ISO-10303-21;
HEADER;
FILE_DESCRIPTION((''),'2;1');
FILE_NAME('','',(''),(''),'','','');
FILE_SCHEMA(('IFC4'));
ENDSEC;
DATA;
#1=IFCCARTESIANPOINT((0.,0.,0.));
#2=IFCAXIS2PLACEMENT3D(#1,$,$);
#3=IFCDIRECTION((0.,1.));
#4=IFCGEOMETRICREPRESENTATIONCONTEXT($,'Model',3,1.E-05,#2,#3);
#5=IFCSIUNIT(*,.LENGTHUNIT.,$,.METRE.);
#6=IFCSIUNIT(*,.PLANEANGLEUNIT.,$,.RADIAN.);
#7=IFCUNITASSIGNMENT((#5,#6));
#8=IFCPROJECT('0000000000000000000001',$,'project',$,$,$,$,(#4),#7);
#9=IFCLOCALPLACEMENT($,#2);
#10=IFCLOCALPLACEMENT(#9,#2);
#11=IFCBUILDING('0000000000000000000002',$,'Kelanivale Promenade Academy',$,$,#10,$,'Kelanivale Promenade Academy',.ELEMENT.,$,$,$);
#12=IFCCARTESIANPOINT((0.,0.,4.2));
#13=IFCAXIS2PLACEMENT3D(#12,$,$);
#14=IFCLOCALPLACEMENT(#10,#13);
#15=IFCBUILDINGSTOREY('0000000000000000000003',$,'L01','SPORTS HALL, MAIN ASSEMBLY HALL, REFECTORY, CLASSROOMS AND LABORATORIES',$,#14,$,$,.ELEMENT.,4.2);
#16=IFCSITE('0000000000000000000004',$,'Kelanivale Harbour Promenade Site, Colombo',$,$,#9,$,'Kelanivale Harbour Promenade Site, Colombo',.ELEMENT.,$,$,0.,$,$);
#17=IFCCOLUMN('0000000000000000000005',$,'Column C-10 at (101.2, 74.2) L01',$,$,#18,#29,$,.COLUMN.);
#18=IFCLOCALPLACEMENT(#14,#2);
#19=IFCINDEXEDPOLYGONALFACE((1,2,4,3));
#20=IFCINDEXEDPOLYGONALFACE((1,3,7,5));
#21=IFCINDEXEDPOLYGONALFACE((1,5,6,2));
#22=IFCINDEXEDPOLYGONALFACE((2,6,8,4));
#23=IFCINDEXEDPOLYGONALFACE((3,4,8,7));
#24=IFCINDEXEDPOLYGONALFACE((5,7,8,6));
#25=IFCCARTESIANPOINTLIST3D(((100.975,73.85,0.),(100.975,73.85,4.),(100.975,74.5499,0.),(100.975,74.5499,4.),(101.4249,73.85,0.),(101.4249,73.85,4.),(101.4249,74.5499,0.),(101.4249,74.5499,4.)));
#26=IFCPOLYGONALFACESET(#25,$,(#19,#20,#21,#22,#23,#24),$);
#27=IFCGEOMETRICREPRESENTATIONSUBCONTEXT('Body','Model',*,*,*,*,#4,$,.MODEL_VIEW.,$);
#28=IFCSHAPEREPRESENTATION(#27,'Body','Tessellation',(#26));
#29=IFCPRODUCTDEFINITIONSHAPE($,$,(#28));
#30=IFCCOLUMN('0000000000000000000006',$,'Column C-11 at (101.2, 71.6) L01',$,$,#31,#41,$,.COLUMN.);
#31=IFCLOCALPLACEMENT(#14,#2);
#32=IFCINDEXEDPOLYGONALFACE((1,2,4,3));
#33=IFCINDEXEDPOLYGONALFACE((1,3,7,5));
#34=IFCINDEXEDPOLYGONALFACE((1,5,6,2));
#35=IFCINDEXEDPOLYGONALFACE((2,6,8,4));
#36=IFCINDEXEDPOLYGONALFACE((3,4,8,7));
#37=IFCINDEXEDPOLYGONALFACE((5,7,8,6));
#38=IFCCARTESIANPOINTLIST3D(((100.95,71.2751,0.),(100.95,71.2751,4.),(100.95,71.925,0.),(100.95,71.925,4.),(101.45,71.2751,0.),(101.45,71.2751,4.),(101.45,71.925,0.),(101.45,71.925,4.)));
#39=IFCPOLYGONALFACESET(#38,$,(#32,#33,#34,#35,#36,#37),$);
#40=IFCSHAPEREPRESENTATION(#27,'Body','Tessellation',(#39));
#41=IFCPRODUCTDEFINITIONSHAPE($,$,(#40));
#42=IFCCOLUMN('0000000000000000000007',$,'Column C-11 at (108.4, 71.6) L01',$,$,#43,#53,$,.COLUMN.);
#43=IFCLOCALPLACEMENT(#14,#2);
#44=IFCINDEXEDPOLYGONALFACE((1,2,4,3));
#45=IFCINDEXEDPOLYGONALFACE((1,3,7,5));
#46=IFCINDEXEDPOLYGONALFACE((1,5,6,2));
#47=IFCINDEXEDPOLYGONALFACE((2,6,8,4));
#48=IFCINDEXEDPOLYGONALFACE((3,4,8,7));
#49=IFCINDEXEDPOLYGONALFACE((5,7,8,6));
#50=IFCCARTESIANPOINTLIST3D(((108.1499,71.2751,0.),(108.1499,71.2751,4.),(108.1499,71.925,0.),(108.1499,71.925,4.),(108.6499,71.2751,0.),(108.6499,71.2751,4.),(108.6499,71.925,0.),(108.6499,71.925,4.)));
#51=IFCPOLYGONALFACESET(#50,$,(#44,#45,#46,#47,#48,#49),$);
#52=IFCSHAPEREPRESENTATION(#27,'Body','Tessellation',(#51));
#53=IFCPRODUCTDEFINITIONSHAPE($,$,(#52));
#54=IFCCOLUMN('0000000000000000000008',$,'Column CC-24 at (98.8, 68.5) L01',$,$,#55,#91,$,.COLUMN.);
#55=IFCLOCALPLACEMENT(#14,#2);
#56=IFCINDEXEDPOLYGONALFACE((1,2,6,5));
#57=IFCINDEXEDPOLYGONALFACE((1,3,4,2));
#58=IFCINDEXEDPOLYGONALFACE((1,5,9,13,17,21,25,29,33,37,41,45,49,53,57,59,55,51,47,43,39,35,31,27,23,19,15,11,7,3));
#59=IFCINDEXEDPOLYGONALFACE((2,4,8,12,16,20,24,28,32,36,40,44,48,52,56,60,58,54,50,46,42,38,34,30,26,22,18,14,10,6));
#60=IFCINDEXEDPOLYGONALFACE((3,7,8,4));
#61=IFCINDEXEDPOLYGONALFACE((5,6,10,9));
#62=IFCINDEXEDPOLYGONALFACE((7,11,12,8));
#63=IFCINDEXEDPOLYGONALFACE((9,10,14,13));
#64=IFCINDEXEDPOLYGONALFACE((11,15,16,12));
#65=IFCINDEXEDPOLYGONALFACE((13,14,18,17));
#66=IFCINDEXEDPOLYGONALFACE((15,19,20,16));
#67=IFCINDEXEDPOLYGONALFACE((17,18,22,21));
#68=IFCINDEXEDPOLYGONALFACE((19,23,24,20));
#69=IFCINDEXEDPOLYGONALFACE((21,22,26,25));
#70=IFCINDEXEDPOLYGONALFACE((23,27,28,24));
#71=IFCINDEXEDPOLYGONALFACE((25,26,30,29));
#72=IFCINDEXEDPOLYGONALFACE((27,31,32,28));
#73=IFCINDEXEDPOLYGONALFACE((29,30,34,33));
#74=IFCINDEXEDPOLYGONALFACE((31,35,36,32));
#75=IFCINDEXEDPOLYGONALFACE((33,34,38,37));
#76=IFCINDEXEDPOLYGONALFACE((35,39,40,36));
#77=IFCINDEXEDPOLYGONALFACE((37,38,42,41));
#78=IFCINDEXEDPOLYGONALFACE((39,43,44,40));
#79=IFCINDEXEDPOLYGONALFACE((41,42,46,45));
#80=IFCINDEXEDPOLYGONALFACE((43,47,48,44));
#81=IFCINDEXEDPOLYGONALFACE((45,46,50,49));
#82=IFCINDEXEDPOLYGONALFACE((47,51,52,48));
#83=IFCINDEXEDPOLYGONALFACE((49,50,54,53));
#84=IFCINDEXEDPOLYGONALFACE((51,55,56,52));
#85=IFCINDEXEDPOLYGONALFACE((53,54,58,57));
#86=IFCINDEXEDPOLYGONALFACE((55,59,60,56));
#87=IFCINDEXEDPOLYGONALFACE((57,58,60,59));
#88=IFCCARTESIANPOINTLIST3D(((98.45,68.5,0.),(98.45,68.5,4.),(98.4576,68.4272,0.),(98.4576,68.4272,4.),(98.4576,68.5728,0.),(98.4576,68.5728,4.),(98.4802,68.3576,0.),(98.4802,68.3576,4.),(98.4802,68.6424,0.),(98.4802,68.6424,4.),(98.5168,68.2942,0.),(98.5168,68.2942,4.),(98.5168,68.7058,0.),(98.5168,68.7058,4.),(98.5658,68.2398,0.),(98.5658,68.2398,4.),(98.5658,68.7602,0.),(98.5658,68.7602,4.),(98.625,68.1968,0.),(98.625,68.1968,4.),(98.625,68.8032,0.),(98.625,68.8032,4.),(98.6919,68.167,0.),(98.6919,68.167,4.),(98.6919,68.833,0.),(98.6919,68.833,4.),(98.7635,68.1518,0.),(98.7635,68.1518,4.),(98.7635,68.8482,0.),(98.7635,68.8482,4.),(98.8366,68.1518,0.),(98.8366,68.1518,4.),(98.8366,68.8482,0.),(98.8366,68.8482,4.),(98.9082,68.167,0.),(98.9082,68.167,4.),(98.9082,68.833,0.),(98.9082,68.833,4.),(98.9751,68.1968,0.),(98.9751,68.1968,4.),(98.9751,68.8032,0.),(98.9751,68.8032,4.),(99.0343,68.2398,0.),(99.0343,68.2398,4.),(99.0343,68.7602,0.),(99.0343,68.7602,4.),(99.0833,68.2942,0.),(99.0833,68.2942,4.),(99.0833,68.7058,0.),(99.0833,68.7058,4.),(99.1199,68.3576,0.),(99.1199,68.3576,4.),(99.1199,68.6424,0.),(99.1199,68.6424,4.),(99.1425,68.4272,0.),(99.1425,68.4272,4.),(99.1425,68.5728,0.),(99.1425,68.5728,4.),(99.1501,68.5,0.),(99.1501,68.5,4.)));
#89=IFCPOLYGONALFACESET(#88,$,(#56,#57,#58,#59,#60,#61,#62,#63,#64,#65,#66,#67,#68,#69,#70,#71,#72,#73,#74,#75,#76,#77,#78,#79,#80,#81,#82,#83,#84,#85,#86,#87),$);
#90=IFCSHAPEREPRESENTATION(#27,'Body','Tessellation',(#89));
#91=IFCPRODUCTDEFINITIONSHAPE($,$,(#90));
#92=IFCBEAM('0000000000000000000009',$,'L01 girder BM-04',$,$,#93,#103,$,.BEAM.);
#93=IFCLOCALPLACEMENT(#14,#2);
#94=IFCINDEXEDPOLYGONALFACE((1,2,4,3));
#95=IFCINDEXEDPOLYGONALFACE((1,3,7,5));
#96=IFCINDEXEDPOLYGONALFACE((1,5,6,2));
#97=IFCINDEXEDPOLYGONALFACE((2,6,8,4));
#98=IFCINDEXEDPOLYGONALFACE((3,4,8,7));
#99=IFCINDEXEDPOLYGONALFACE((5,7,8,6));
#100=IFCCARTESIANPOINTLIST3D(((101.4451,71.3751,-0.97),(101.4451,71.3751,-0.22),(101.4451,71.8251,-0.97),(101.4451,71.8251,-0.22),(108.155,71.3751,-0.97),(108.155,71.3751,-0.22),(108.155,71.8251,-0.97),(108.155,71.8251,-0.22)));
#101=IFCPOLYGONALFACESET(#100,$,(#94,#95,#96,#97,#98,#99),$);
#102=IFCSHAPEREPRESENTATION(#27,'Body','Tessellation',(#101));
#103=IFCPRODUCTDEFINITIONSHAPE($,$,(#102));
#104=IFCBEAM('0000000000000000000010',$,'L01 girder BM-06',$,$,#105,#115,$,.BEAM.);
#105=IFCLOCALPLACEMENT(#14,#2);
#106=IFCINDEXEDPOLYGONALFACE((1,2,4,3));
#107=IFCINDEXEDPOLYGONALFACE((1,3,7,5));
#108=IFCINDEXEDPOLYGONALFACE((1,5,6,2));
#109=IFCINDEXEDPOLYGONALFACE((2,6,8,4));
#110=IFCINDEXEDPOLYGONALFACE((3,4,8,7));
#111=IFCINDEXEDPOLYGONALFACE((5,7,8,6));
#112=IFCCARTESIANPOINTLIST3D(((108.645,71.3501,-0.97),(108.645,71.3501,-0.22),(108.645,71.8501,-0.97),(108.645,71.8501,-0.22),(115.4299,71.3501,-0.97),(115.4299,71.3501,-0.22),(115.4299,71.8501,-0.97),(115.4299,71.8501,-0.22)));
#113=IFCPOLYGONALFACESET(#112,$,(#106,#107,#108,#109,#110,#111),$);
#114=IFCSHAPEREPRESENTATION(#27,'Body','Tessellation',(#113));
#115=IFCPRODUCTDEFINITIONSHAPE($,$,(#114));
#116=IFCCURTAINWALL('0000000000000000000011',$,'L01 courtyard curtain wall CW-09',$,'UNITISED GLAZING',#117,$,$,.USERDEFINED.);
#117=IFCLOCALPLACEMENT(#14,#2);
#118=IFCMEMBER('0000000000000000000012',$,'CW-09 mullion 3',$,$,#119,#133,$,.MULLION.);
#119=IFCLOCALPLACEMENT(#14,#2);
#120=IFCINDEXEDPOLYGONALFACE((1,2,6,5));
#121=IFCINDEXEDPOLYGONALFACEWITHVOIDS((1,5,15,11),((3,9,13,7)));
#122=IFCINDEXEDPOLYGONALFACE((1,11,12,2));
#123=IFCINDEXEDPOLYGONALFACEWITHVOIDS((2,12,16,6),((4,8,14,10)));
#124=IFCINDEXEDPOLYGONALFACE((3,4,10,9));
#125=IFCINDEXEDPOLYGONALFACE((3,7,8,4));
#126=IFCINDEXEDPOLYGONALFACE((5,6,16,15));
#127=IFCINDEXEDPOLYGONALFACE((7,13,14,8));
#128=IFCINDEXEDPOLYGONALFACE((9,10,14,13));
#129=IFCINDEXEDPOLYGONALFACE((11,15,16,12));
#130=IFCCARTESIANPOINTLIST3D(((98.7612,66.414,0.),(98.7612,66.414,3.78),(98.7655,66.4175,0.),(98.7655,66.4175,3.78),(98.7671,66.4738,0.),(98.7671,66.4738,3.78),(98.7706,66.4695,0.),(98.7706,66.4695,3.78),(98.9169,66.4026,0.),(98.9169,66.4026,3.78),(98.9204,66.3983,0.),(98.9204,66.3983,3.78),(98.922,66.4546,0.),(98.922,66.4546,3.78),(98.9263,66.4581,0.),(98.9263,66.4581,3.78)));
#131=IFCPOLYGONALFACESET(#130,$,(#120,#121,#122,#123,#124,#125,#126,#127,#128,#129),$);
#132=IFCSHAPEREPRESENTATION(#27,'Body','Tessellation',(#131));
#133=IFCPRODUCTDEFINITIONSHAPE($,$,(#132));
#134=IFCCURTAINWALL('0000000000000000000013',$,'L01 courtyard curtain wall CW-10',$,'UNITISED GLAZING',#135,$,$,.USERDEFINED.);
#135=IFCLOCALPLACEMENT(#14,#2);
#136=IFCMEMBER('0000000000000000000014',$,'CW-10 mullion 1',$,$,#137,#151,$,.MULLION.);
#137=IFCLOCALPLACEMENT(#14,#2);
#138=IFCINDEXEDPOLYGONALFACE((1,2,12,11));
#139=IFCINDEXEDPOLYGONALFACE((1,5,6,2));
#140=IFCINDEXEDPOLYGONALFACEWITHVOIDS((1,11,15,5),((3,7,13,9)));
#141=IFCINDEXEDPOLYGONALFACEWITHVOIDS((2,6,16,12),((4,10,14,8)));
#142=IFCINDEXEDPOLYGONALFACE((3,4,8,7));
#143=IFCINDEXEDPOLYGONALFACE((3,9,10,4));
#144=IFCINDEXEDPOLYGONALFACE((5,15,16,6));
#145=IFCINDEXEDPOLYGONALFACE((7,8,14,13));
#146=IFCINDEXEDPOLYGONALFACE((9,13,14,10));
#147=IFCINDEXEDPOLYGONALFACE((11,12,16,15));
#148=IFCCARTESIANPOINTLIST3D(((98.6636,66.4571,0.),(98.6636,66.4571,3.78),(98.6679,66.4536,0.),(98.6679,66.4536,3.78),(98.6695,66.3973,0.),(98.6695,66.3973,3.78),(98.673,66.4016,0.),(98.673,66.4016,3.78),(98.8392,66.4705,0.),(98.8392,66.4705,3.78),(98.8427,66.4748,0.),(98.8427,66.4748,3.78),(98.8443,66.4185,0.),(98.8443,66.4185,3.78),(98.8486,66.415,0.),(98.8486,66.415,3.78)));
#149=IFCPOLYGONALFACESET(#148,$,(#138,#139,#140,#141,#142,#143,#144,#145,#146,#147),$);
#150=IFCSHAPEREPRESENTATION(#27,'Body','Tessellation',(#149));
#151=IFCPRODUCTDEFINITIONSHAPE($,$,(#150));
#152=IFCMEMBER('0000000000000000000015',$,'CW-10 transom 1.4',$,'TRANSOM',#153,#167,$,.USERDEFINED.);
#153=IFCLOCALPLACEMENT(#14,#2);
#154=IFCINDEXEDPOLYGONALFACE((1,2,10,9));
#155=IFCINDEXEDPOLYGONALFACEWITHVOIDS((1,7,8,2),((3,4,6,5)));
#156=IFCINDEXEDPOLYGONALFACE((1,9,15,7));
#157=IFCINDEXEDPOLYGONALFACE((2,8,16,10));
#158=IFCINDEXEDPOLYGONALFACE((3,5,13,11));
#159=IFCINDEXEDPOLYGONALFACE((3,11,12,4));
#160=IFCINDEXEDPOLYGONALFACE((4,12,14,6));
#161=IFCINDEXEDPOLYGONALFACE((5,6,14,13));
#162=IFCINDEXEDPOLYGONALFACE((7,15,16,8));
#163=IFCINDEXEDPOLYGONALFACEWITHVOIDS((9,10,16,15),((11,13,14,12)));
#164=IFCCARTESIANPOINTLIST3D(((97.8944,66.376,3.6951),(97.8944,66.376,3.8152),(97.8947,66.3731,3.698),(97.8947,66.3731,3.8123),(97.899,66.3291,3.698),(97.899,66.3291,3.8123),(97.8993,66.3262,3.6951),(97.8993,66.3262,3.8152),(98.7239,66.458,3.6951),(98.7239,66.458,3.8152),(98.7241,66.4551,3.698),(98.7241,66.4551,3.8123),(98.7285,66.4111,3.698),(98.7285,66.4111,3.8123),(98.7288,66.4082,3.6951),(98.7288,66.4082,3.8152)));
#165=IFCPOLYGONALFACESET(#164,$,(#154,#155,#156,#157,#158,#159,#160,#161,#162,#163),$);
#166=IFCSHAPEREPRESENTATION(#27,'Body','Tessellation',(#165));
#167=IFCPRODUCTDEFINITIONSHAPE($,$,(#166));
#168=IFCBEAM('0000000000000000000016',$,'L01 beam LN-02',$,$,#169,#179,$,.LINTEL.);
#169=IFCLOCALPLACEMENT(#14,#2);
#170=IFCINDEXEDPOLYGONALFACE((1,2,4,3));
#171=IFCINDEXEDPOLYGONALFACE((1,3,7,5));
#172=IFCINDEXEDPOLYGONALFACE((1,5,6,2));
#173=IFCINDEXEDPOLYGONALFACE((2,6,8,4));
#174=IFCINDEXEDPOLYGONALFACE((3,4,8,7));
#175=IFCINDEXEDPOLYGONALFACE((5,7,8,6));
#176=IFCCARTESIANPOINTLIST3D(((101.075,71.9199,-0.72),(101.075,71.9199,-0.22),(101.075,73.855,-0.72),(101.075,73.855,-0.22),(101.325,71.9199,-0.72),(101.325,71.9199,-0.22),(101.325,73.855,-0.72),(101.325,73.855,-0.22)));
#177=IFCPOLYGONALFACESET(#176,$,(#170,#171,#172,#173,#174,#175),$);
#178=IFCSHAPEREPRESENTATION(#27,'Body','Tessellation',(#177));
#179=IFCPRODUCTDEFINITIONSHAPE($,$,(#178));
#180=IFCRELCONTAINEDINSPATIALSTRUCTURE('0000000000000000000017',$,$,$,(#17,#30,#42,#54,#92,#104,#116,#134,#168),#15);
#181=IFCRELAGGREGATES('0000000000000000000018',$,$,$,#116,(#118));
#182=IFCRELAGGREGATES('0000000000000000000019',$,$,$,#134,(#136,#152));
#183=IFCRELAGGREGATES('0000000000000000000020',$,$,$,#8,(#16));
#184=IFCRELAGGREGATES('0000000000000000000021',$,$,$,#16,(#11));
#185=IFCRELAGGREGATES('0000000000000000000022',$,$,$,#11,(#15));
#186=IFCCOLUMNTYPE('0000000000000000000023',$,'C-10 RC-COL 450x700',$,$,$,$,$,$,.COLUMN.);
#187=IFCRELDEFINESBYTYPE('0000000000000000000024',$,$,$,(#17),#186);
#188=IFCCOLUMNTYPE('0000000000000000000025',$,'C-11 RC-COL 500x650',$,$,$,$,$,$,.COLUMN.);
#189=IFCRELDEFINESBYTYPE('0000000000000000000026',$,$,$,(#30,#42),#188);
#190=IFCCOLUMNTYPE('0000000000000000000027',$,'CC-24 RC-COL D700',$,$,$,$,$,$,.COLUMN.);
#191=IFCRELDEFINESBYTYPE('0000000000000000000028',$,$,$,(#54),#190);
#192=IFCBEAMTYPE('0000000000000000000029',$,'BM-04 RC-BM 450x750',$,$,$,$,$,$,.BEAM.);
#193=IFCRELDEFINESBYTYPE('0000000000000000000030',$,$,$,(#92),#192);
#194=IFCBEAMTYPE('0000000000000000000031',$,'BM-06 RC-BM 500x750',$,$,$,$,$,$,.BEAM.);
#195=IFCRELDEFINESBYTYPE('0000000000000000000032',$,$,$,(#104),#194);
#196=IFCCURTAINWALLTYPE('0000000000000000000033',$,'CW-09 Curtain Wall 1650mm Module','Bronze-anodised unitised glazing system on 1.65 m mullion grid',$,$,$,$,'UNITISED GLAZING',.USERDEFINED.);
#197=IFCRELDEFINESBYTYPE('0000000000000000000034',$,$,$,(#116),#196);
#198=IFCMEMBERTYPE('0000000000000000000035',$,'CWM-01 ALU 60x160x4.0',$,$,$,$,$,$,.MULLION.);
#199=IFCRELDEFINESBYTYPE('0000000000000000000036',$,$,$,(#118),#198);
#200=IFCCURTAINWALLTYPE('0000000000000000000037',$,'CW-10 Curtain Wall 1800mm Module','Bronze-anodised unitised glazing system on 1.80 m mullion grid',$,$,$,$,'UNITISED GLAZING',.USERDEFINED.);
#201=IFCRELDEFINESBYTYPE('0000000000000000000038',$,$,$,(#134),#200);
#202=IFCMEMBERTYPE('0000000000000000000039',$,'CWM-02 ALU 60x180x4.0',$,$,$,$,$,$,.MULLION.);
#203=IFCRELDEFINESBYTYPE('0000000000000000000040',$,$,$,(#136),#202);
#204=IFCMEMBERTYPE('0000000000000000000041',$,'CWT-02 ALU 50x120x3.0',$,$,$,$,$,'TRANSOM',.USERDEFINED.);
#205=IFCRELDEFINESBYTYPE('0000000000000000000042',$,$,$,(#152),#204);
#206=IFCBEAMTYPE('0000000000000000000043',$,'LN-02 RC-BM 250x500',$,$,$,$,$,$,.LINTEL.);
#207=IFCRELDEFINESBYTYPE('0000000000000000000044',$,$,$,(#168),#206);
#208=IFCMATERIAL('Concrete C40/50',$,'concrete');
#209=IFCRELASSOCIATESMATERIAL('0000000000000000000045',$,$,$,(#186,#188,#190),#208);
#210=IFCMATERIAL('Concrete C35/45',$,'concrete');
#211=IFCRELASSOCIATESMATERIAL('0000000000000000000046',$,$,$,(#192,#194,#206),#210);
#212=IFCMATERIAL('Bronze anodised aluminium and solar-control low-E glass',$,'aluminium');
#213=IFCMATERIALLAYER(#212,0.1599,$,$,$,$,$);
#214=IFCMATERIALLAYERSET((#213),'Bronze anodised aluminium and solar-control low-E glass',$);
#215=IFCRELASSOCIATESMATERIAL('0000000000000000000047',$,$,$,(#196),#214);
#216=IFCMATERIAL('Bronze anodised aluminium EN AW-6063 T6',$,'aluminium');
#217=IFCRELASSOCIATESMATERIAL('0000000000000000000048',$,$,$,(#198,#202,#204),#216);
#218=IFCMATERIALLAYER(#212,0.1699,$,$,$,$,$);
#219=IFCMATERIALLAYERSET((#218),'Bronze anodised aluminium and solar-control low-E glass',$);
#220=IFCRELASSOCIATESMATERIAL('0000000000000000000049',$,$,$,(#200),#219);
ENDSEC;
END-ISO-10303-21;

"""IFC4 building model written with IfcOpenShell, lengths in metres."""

from ifc_helpers import new_model, si_unit, direction, frame, origin, origin_2d, place, context, subcontext, project, spatial, rectangle, hollow_rectangle, circle, extrude, material, layer, layer_set, material_profile, profile_set, type_object, element, aggregate, save


model = new_model("IFC4")

# Units and contexts
model_context = context("Model", 3, precision=1e-05, world=origin(), true_north=direction((0.0, 1.0)))
body_context = subcontext(model_context, "Body", "Model", "MODEL_VIEW")
ifc_project = project(units=[si_unit("LENGTHUNIT", "METRE"), si_unit("PLANEANGLEUNIT", "RADIAN")], contexts=[model_context])

# Site, building, storey
site_placement = place(None, origin())
site = spatial("IfcSite", under=ifc_project, at=site_placement, Name="Kelanivale Harbour Promenade Site, Colombo", LongName="Kelanivale Harbour Promenade Site, Colombo", CompositionType="ELEMENT", RefElevation=0.0)
building_placement = place(site_placement, origin())
building = spatial("IfcBuilding", under=site, at=building_placement, Name="Kelanivale Promenade Academy", LongName="Kelanivale Promenade Academy", CompositionType="ELEMENT")
storey_placement = place(building_placement, frame((0.0, 0.0, 4.2)))
storey = spatial("IfcBuildingStorey", under=building, at=storey_placement, Name="L01", Description="SPORTS HALL, MAIN ASSEMBLY HALL, REFECTORY, CLASSROOMS AND LABORATORIES", CompositionType="ELEMENT", Elevation=4.2)

# Columns
ifc_material_1 = material(Name="Concrete C40/50", Category="concrete")
ifc_material_profile_1 = material_profile(ifc_material_1, rectangle(XDim=0.45, YDim=0.7, at=origin_2d()), Name="RC-COL 450x700")
ifc_profile_set_1 = profile_set([ifc_material_profile_1], Name="Concrete C40/50")
column_type_1 = type_object("IfcColumnType", Name="C-10 RC-COL 450x700", PredefinedType="COLUMN", material=ifc_profile_set_1)
column_1_placement = place(storey_placement, frame((101.2, 74.2, 0.0), z_axis=(0.0, 0.0, 1.0), x_axis=(1.0, 0.0, 0.0)))
element("IfcColumn", 1, at=column_1_placement, inside=storey, type_object=column_type_1, Name="Column C-10 at (101.2, 74.2) L01", PredefinedType="COLUMN", context=body_context, shape_type="SweptSolid", body=[
    extrude(rectangle(XDim=0.45, YDim=0.7, at=origin_2d()), origin(), (0.0, 0.0, 1.0), 4.0),
])
ifc_material_profile_2 = material_profile(ifc_material_1, rectangle(XDim=0.5, YDim=0.6499, at=origin_2d()), Name="RC-COL 500x650")
ifc_profile_set_2 = profile_set([ifc_material_profile_2], Name="Concrete C40/50")
column_type_2 = type_object("IfcColumnType", Name="C-11 RC-COL 500x650", PredefinedType="COLUMN", material=ifc_profile_set_2)
for number, where, z_axis, x_axis, name in (
    (2, (101.2, 71.6001, 0.0), (0.0, 0.0, 1.0), (1.0, 0.0, 0.0), "Column C-11 at (101.2, 71.6) L01"),
    (3, (108.3999, 71.6001, 0.0), (0.0, 0.0, 1.0), (1.0, 0.0, 0.0), "Column C-11 at (108.4, 71.6) L01"),
):
    element("IfcColumn", number, at=place(storey_placement, frame(where, z_axis=z_axis, x_axis=x_axis)), inside=storey, type_object=column_type_2, Name=name, PredefinedType="COLUMN", context=body_context, shape_type="SweptSolid", body=[
        extrude(rectangle(XDim=0.5, YDim=0.6499, at=origin_2d()), origin(), (0.0, 0.0, 1.0), 4.0),
    ])
ifc_material_profile_3 = material_profile(ifc_material_1, circle(Radius=0.3501, at=origin_2d()), Name="RC-COL D700")
ifc_profile_set_3 = profile_set([ifc_material_profile_3], Name="Concrete C40/50")
column_type_3 = type_object("IfcColumnType", Name="CC-24 RC-COL D700", PredefinedType="COLUMN", material=ifc_profile_set_3)
column_2_placement = place(storey_placement, frame((98.8, 68.5, 0.0), z_axis=(0.0, 0.0, 1.0), x_axis=(1.0, 0.0, 0.0)))
element("IfcColumn", 4, at=column_2_placement, inside=storey, type_object=column_type_3, Name="Column CC-24 at (98.8, 68.5) L01", PredefinedType="COLUMN", context=body_context, shape_type="SweptSolid", body=[
    extrude(circle(Radius=0.3501, at=origin_2d()), origin(), (0.0, 0.0, 1.0), 4.0),
])

# Beams
ifc_material_2 = material(Name="Concrete C35/45", Category="concrete")
ifc_material_profile_4 = material_profile(ifc_material_2, rectangle(XDim=0.45, YDim=0.75, at=origin_2d()), Name="RC-BM 450x750")
ifc_profile_set_4 = profile_set([ifc_material_profile_4], Name="Concrete C35/45")
beam_type_1 = type_object("IfcBeamType", Name="BM-04 RC-BM 450x750", PredefinedType="BEAM", material=ifc_profile_set_4)
beam_1_placement = place(storey_placement, frame((101.4451, 71.6001, -0.595), z_axis=(1.0, 0.0, 0.0), x_axis=(0.0, 1.0, 0.0)))
element("IfcBeam", 5, at=beam_1_placement, inside=storey, type_object=beam_type_1, Name="L01 girder BM-04", PredefinedType="BEAM", context=body_context, shape_type="SweptSolid", body=[
    extrude(rectangle(XDim=0.45, YDim=0.75, at=origin_2d()), origin(), (0.0, 0.0, 1.0), 6.71),
])
ifc_material_profile_5 = material_profile(ifc_material_2, rectangle(XDim=0.5, YDim=0.75, at=origin_2d()), Name="RC-BM 500x750")
ifc_profile_set_5 = profile_set([ifc_material_profile_5], Name="Concrete C35/45")
beam_type_2 = type_object("IfcBeamType", Name="BM-06 RC-BM 500x750", PredefinedType="BEAM", material=ifc_profile_set_5)
beam_2_placement = place(storey_placement, frame((108.645, 71.6001, -0.595), z_axis=(1.0, 0.0, 0.0), x_axis=(0.0, 1.0, 0.0)))
element("IfcBeam", 6, at=beam_2_placement, inside=storey, type_object=beam_type_2, Name="L01 girder BM-06", PredefinedType="BEAM", context=body_context, shape_type="SweptSolid", body=[
    extrude(rectangle(XDim=0.5, YDim=0.75, at=origin_2d()), origin(), (0.0, 0.0, 1.0), 6.7849),
])

# Curtain wall, member
ifc_material_3 = material(Name="Bronze anodised aluminium and solar-control low-E glass", Category="aluminium")
ifc_layer_1 = layer(ifc_material_3, 0.1599)
ifc_layer_set_1 = layer_set([ifc_layer_1], Name="Bronze anodised aluminium and solar-control low-E glass")
curtain_wall_type_1 = type_object("IfcCurtainWallType", Name="CW-09 Curtain Wall 1650mm Module", Description="Bronze-anodised unitised glazing system on 1.65 m mullion grid", ElementType="UNITISED GLAZING", PredefinedType="USERDEFINED", material=ifc_layer_set_1)
curtain_wall_1_placement = place(storey_placement, origin())
curtain_wall_1 = element("IfcCurtainWall", 7, at=curtain_wall_1_placement, inside=storey, type_object=curtain_wall_type_1, Name="L01 courtyard curtain wall CW-09", ObjectType="UNITISED GLAZING", PredefinedType="USERDEFINED")
ifc_material_4 = material(Name="Bronze anodised aluminium EN AW-6063 T6", Category="aluminium")
ifc_material_profile_6 = material_profile(ifc_material_4, hollow_rectangle(XDim=0.0601, YDim=0.1599, WallThickness=0.0039, at=origin_2d()), Name="ALU 60x160x4.0")
ifc_profile_set_6 = profile_set([ifc_material_profile_6], Name="Bronze anodised aluminium EN AW-6063 T6")
member_type_1 = type_object("IfcMemberType", Name="CWM-01 ALU 60x160x4.0", PredefinedType="MULLION", material=ifc_profile_set_6)
member_1_placement = place(storey_placement, frame((98.8438, 66.436, 0.0), z_axis=(0.0, 0.0, 1.0), x_axis=(-0.098281, -0.995159, 0.0)))
member_1 = element("IfcMember", 8, at=member_1_placement, type_object=member_type_1, Name="CW-09 mullion 3", PredefinedType="MULLION", context=body_context, shape_type="SweptSolid", body=[
    extrude(hollow_rectangle(XDim=0.0601, YDim=0.1599, WallThickness=0.0039, at=origin_2d()), origin(), (0.0, 0.0, 1.0), 3.78),
])
aggregate(curtain_wall_1, [member_1])

# Curtain wall, members
ifc_layer_2 = layer(ifc_material_3, 0.1699)
ifc_layer_set_2 = layer_set([ifc_layer_2], Name="Bronze anodised aluminium and solar-control low-E glass")
curtain_wall_type_2 = type_object("IfcCurtainWallType", Name="CW-10 Curtain Wall 1800mm Module", Description="Bronze-anodised unitised glazing system on 1.80 m mullion grid", ElementType="UNITISED GLAZING", PredefinedType="USERDEFINED", material=ifc_layer_set_2)
curtain_wall_2_placement = place(storey_placement, origin())
curtain_wall_2 = element("IfcCurtainWall", 9, at=curtain_wall_2_placement, inside=storey, type_object=curtain_wall_type_2, Name="L01 courtyard curtain wall CW-10", ObjectType="UNITISED GLAZING", PredefinedType="USERDEFINED")
ifc_material_profile_7 = material_profile(ifc_material_4, hollow_rectangle(XDim=0.0601, YDim=0.1799, WallThickness=0.0039, at=origin_2d()), Name="ALU 60x180x4.0")
ifc_profile_set_7 = profile_set([ifc_material_profile_7], Name="Bronze anodised aluminium EN AW-6063 T6")
member_type_2 = type_object("IfcMemberType", Name="CWM-02 ALU 60x180x4.0", PredefinedType="MULLION", material=ifc_profile_set_7)
member_2_placement = place(storey_placement, frame((98.7561, 66.436, 0.0), z_axis=(0.0, 0.0, 1.0), x_axis=(0.098539, -0.995133, 0.0)))
member_2 = element("IfcMember", 10, at=member_2_placement, type_object=member_type_2, Name="CW-10 mullion 1", PredefinedType="MULLION", context=body_context, shape_type="SweptSolid", body=[
    extrude(hollow_rectangle(XDim=0.0601, YDim=0.1799, WallThickness=0.0039, at=origin_2d()), origin(), (0.0, 0.0, 1.0), 3.78),
])
ifc_material_profile_8 = material_profile(ifc_material_4, hollow_rectangle(XDim=0.05, YDim=0.1201, WallThickness=0.0029, at=origin_2d()), Name="ALU 50x120x3.0")
ifc_profile_set_8 = profile_set([ifc_material_profile_8], Name="Bronze anodised aluminium EN AW-6063 T6")
member_type_3 = type_object("IfcMemberType", Name="CWT-02 ALU 50x120x3.0", ElementType="TRANSOM", PredefinedType="USERDEFINED", material=ifc_profile_set_8)
member_3_placement = place(storey_placement, frame((98.7263, 66.4331, 3.7551), z_axis=(-0.995144, -0.09843, 0.0), x_axis=(0.09843, -0.995144, 0.0)))
member_3 = element("IfcMember", 11, at=member_3_placement, type_object=member_type_3, Name="CW-10 transom 1.4", ObjectType="TRANSOM", PredefinedType="USERDEFINED", context=body_context, shape_type="SweptSolid", body=[
    extrude(hollow_rectangle(XDim=0.05, YDim=0.1201, WallThickness=0.0029, at=origin_2d()), origin(), (0.0, 0.0, 1.0), 0.8335),
])
aggregate(curtain_wall_2, [member_2, member_3])

# Beam
ifc_material_profile_9 = material_profile(ifc_material_2, rectangle(XDim=0.25, YDim=0.5, at=origin_2d()), Name="RC-BM 250x500")
ifc_profile_set_9 = profile_set([ifc_material_profile_9], Name="Concrete C35/45")
beam_type_3 = type_object("IfcBeamType", Name="LN-02 RC-BM 250x500", PredefinedType="LINTEL", material=ifc_profile_set_9)
beam_3_placement = place(storey_placement, frame((101.2, 71.9199, -0.47), z_axis=(0.0, 1.0, 0.0), x_axis=(-1.0, 0.0, 0.0)))
element("IfcBeam", 12, at=beam_3_placement, inside=storey, type_object=beam_type_3, Name="L01 beam LN-02", PredefinedType="LINTEL", context=body_context, shape_type="SweptSolid", body=[
    extrude(rectangle(XDim=0.25, YDim=0.5, at=origin_2d()), origin(), (0.0, 0.0, 1.0), 1.9351),
])

save(model, "model.ifc")
